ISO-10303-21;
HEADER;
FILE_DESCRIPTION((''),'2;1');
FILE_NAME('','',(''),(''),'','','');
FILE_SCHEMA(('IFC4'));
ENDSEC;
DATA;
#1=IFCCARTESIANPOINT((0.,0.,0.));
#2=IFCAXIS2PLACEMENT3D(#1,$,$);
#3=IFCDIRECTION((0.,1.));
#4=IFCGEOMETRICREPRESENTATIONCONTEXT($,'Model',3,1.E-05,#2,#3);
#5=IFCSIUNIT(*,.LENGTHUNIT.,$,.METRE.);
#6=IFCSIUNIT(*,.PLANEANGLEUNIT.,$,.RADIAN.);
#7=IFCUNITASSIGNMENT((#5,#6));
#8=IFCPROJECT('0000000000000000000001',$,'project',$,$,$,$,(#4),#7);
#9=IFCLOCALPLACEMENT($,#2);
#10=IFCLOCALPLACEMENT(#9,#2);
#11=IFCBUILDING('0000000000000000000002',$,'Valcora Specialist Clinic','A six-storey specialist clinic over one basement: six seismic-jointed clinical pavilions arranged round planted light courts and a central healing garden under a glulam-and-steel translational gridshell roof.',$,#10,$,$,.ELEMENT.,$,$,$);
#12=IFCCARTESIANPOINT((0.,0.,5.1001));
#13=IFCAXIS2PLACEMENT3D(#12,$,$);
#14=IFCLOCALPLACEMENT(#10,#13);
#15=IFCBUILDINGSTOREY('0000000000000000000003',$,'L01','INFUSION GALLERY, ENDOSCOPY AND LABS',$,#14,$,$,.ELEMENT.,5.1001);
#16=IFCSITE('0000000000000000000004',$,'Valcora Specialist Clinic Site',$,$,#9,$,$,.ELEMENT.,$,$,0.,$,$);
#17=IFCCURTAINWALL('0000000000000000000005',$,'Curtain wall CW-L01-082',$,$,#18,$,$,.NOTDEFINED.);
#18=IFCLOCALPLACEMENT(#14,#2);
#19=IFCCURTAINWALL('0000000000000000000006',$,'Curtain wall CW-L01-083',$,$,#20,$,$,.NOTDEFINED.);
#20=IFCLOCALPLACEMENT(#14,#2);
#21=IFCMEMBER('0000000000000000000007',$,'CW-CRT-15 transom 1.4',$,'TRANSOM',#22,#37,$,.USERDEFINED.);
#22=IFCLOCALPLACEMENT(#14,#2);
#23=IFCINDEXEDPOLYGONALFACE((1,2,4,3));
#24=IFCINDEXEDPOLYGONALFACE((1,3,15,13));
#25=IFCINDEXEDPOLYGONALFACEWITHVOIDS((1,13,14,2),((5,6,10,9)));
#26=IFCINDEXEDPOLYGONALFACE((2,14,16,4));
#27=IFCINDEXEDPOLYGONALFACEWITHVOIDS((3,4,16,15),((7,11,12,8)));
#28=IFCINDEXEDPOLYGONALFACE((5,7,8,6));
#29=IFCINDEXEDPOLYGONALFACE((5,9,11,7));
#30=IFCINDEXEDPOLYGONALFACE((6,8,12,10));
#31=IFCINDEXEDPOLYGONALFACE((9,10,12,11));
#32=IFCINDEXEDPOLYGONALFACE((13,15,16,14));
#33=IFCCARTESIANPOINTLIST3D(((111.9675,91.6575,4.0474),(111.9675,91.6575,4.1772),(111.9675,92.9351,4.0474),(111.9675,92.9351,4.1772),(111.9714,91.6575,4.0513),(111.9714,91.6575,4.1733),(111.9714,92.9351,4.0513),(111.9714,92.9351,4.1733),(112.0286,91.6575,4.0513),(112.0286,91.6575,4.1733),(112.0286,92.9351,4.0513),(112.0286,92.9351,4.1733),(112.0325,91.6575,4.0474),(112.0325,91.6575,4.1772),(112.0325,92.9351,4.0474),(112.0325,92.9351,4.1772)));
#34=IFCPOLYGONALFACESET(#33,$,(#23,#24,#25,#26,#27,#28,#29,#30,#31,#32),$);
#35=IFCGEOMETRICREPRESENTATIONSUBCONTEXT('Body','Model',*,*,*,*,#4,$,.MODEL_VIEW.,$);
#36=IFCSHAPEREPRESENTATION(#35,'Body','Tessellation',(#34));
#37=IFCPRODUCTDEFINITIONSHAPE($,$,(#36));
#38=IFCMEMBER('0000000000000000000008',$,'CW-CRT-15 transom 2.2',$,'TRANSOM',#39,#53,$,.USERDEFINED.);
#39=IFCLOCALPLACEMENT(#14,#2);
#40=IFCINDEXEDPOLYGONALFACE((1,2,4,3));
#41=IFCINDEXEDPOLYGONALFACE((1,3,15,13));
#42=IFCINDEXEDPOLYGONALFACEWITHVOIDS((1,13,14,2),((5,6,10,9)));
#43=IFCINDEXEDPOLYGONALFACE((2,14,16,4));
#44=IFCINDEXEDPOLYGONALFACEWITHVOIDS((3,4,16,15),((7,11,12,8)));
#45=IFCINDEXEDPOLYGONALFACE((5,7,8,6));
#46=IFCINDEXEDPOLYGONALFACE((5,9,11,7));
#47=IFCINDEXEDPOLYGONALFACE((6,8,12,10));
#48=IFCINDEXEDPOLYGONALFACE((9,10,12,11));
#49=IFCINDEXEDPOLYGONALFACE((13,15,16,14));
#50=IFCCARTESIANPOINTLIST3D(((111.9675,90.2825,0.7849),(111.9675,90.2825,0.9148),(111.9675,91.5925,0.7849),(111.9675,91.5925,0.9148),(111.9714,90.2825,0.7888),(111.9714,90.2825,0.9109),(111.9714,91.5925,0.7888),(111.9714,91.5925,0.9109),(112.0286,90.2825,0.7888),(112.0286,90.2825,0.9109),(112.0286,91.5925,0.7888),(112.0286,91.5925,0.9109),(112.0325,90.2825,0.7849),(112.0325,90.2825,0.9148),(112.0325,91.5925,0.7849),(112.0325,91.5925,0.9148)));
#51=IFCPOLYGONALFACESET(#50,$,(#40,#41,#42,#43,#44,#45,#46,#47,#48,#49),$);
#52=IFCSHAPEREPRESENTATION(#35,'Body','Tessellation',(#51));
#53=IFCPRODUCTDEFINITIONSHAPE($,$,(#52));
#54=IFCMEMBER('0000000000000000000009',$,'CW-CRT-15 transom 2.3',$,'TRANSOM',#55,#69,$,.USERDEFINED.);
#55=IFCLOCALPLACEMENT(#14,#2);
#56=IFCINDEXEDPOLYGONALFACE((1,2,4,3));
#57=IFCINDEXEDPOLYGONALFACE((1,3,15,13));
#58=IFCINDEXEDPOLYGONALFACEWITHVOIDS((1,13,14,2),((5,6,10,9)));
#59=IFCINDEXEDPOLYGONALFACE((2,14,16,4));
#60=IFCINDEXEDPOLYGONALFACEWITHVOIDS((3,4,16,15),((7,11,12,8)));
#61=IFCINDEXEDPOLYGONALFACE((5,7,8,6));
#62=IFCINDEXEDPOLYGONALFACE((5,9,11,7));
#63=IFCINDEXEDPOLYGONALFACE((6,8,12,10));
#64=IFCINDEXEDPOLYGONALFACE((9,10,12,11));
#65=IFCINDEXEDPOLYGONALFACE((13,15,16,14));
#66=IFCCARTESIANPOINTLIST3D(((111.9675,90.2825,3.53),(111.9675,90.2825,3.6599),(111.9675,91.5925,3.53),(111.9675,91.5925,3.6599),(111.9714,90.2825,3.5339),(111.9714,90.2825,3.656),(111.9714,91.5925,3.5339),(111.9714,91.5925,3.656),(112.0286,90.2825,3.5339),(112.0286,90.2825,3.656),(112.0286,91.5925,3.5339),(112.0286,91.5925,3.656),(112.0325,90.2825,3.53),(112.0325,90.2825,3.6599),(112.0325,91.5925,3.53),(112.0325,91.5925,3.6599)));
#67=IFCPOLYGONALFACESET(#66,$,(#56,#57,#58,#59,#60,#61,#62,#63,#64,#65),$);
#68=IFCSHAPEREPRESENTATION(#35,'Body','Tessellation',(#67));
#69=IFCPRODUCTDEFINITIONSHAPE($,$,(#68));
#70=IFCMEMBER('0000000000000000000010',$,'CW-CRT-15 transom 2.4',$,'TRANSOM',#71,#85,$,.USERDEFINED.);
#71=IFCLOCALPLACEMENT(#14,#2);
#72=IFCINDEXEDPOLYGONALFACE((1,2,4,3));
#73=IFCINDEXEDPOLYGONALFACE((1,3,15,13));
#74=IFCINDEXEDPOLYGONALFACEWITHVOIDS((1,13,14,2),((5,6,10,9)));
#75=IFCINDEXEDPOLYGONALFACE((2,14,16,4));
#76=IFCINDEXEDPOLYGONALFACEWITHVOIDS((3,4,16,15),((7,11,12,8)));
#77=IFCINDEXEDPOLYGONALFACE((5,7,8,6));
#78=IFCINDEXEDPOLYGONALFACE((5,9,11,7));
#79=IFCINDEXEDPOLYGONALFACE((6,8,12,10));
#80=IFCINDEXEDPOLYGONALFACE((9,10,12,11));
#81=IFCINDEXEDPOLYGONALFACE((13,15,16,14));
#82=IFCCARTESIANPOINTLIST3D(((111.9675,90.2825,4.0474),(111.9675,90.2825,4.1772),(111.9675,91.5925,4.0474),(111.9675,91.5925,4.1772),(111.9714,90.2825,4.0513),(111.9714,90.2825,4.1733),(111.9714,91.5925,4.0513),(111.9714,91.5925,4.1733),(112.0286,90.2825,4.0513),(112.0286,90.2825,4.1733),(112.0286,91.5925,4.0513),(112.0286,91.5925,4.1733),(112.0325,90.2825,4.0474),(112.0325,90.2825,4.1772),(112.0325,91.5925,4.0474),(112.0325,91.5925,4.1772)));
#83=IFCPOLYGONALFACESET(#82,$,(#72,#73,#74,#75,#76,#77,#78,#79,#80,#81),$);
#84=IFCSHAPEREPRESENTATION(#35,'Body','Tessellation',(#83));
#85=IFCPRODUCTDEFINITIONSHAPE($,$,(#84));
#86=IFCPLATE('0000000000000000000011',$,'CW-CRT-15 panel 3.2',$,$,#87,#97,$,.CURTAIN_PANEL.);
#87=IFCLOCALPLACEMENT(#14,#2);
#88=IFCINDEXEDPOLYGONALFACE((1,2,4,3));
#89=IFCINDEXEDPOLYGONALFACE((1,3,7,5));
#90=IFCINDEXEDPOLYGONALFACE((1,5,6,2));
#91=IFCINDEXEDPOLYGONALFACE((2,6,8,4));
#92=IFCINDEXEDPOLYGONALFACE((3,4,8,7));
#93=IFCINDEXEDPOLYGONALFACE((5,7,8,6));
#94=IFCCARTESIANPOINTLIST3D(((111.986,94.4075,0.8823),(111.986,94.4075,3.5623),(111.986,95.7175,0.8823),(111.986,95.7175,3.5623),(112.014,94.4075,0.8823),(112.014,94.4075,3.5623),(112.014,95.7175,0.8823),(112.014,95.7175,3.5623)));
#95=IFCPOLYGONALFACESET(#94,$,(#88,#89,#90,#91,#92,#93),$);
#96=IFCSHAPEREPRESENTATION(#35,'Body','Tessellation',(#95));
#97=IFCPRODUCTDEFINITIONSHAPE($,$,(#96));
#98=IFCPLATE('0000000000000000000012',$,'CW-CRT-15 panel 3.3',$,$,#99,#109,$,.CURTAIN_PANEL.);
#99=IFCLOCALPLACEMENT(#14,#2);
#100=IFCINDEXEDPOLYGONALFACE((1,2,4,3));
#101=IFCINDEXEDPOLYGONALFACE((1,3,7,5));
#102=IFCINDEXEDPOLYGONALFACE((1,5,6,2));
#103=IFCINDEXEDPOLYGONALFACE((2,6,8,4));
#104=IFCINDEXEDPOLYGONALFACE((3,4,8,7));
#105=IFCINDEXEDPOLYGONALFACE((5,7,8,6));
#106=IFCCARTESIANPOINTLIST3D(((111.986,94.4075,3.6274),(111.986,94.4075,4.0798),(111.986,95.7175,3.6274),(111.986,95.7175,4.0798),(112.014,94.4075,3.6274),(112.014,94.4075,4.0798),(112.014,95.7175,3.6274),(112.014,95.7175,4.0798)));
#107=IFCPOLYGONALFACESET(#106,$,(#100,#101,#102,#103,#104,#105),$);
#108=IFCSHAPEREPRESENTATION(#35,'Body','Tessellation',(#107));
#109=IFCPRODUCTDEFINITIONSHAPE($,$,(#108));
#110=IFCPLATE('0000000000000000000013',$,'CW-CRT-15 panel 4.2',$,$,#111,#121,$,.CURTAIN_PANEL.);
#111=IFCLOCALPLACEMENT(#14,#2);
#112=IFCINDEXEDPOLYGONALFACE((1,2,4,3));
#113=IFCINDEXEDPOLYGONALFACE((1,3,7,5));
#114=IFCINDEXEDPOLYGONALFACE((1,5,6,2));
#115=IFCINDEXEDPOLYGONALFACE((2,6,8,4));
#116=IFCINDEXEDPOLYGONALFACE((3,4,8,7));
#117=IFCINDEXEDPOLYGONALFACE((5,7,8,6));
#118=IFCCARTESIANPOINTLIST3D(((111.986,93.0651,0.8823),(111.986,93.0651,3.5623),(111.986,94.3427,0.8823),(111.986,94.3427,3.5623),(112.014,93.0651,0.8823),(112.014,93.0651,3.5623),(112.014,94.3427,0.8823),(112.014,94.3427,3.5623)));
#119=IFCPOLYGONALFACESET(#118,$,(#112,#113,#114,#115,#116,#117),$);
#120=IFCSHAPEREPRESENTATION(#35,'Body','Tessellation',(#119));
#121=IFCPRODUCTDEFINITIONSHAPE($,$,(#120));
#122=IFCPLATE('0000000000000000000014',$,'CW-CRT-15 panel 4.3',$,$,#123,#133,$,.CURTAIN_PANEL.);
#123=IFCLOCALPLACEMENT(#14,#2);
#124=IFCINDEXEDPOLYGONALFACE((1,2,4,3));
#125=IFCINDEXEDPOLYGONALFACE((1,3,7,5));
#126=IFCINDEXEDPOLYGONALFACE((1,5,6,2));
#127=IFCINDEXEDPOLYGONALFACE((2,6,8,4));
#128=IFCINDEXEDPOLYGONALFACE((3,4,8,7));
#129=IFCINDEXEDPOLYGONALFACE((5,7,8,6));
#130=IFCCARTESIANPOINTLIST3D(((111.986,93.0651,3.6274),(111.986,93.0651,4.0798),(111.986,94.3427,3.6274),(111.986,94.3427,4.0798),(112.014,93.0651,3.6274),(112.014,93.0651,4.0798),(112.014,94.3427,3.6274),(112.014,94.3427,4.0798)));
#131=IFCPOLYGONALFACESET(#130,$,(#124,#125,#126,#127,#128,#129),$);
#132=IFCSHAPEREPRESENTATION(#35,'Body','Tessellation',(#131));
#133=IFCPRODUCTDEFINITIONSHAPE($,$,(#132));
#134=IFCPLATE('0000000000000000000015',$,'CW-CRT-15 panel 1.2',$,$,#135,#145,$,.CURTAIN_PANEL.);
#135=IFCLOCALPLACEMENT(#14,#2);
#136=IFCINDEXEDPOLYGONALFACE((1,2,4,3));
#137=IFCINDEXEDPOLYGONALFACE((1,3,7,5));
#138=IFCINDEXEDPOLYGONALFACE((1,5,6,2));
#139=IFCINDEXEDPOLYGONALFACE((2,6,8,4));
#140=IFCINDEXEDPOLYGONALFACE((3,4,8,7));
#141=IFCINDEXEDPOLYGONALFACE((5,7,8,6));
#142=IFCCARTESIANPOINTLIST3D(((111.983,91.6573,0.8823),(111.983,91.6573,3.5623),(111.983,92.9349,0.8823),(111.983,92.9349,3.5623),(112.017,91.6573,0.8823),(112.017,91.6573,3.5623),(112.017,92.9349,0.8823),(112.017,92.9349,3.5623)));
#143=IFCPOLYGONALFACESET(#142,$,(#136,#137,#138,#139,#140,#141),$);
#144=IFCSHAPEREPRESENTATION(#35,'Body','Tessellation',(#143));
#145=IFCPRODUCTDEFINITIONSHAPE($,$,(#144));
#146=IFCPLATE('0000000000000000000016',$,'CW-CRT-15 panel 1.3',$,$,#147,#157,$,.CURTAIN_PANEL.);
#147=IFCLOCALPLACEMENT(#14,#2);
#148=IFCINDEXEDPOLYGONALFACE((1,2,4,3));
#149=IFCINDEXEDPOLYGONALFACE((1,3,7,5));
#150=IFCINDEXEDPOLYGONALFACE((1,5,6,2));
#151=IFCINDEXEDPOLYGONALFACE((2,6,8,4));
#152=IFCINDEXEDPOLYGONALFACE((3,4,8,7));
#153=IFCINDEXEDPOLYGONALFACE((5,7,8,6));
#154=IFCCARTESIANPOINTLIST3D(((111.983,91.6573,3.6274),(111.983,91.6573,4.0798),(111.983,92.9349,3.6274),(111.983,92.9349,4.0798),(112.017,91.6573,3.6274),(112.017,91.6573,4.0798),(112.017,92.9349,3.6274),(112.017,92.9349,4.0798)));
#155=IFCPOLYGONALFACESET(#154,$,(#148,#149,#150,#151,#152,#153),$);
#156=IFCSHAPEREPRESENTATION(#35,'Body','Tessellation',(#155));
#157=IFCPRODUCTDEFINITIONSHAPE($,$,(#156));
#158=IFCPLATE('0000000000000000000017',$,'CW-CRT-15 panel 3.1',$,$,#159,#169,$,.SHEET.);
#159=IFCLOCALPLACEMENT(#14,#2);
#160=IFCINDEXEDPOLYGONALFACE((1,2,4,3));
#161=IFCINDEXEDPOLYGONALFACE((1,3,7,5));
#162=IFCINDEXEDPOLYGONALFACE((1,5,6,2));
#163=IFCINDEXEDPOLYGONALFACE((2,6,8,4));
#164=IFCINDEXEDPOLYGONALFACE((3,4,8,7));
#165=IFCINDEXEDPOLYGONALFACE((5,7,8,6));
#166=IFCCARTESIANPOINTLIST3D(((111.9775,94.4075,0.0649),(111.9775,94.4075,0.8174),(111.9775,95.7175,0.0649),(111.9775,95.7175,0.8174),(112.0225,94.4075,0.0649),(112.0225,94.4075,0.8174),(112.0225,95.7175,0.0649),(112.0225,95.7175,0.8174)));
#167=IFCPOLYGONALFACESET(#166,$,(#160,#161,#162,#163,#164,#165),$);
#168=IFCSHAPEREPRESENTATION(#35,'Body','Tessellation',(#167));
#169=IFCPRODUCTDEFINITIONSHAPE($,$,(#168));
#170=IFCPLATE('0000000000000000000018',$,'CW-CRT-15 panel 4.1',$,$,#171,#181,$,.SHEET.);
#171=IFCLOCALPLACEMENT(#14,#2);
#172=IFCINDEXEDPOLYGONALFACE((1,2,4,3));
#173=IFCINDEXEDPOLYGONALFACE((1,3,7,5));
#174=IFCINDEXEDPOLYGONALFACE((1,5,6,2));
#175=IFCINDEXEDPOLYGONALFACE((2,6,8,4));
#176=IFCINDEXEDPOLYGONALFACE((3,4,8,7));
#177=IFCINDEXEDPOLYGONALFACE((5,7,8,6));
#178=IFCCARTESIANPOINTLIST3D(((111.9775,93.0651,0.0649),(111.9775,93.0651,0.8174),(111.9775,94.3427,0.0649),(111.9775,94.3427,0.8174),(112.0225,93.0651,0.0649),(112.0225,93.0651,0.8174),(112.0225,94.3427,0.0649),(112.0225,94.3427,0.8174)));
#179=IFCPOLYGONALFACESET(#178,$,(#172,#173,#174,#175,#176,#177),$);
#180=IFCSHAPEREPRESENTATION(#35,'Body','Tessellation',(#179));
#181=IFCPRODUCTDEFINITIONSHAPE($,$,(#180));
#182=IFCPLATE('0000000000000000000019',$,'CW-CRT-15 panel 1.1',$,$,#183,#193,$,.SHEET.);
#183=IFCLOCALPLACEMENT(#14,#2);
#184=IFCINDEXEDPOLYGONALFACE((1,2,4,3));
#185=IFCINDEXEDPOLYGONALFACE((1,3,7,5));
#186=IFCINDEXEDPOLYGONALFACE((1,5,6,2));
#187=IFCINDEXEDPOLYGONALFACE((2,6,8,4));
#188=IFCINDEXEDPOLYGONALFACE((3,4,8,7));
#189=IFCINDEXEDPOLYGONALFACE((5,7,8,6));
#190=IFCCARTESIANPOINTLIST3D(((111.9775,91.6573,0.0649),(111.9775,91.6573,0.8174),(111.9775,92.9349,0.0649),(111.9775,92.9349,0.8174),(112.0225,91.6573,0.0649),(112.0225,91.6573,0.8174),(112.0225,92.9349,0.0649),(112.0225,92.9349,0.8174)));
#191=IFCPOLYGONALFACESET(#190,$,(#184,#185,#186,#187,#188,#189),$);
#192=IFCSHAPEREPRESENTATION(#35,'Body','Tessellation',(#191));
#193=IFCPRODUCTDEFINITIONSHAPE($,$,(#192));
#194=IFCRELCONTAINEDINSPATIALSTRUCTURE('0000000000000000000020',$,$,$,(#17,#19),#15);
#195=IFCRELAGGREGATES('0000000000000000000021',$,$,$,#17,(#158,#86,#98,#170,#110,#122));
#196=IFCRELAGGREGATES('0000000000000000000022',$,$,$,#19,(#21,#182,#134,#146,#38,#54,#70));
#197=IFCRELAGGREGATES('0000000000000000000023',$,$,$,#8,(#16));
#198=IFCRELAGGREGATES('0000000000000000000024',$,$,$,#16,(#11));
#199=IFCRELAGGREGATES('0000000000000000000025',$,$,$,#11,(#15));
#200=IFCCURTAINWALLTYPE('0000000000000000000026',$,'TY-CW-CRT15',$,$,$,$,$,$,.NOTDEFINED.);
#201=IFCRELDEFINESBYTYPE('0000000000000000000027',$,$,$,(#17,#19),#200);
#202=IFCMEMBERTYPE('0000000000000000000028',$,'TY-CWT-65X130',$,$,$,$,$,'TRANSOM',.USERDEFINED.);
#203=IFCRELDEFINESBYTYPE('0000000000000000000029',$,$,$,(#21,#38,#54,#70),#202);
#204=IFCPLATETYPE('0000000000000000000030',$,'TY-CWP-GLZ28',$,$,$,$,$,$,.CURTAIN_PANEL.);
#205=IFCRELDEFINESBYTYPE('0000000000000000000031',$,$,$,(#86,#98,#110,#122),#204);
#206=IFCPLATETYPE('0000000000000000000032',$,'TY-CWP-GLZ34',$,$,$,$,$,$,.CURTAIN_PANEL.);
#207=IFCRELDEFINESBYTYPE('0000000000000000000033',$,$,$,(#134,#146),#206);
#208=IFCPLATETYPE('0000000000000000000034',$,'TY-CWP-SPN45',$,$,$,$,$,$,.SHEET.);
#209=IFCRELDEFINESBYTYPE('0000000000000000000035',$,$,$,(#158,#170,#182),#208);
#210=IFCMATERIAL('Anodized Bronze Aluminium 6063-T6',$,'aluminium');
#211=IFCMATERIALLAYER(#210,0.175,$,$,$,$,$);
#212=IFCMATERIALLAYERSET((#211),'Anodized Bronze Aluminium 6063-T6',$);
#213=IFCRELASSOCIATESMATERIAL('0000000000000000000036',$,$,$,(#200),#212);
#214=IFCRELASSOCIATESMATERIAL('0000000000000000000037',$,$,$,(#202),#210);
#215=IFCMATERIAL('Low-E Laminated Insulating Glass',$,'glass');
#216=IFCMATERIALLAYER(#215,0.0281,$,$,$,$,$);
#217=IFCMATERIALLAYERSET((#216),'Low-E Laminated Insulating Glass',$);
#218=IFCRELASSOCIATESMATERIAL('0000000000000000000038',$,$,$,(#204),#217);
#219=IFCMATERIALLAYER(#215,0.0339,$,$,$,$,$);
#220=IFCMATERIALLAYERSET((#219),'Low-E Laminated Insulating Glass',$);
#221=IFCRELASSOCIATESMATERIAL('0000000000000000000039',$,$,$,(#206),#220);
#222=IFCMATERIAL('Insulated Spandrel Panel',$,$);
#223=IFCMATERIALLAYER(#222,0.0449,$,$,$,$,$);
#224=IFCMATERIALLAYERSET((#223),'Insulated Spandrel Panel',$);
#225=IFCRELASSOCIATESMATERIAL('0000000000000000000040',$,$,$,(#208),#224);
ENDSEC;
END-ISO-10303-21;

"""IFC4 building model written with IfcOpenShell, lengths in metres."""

from ifc_helpers import new_model, si_unit, direction, frame, origin, origin_2d, place, context, subcontext, project, spatial, rectangle, hollow_rectangle, extrude, material, layer, layer_set, material_profile, profile_set, type_object, element, aggregate, save


model = new_model("IFC4")

# Units and contexts
model_context = context("Model", 3, precision=1e-05, world=origin(), true_north=direction((0.0, 1.0)))
body_context = subcontext(model_context, "Body", "Model", "MODEL_VIEW")
ifc_project = project(units=[si_unit("LENGTHUNIT", "METRE"), si_unit("PLANEANGLEUNIT", "RADIAN")], contexts=[model_context])

# Site, building, storey
site_placement = place(None, origin())
site = spatial("IfcSite", under=ifc_project, at=site_placement, Name="Valcora Specialist Clinic Site", CompositionType="ELEMENT", RefElevation=0.0)
building_placement = place(site_placement, origin())
building = spatial("IfcBuilding", under=site, at=building_placement, Name="Valcora Specialist Clinic", Description="A six-storey specialist clinic over one basement: six seismic-jointed clinical pavilions arranged round planted light courts and a central healing garden under a glulam-and-steel translational gridshell roof.", CompositionType="ELEMENT")
storey_placement = place(building_placement, frame((0.0, 0.0, 5.1001)))
storey = spatial("IfcBuildingStorey", under=building, at=storey_placement, Name="L01", Description="INFUSION GALLERY, ENDOSCOPY AND LABS", CompositionType="ELEMENT", Elevation=5.1001)

# Curtain walls
ifc_material_1 = material(Name="Anodized Bronze Aluminium 6063-T6", Category="aluminium")
ifc_layer_1 = layer(ifc_material_1, 0.175)
ifc_layer_set_1 = layer_set([ifc_layer_1], Name="Anodized Bronze Aluminium 6063-T6")
curtain_wall_type = type_object("IfcCurtainWallType", Name="TY-CW-CRT15", PredefinedType="NOTDEFINED", material=ifc_layer_set_1)
curtain_wall_1_placement = place(storey_placement, origin())
curtain_wall_1 = element("IfcCurtainWall", 1, at=curtain_wall_1_placement, inside=storey, type_object=curtain_wall_type, Name="Curtain wall CW-L01-082", PredefinedType="NOTDEFINED")
curtain_wall_2_placement = place(storey_placement, origin())
curtain_wall_2 = element("IfcCurtainWall", 2, at=curtain_wall_2_placement, inside=storey, type_object=curtain_wall_type, Name="Curtain wall CW-L01-083", PredefinedType="NOTDEFINED")

# Members
ifc_material_profile_1 = material_profile(ifc_material_1, hollow_rectangle(XDim=0.0649, YDim=0.1299, WallThickness=0.0039, at=origin_2d()), Name="AL-TRN-65X130")
ifc_profile_set_1 = profile_set([ifc_material_profile_1], Name="Anodized Bronze Aluminium 6063-T6")
member_type_1 = type_object("IfcMemberType", Name="TY-CWT-65X130", ElementType="TRANSOM", PredefinedType="USERDEFINED", material=ifc_profile_set_1)
member_1_placement = place(storey_placement, frame((112.0, 92.9351, 4.1123), z_axis=(0.0, -1.0, 0.0), x_axis=(1.0, 0.0, 0.0)))
member_1 = element("IfcMember", 3, at=member_1_placement, type_object=member_type_1, Name="CW-CRT-15 transom 1.4", ObjectType="TRANSOM", PredefinedType="USERDEFINED", context=body_context, shape_type="SweptSolid", body=[
    extrude(hollow_rectangle(XDim=0.0649, YDim=0.1299, WallThickness=0.0039, at=origin_2d()), origin(), (0.0, 0.0, 1.0), 1.2776),
])
member_2_placement = place(storey_placement, frame((112.0, 91.5925, 0.8499), z_axis=(0.0, -1.0, 0.0), x_axis=(1.0, 0.0, 0.0)))
member_2 = element("IfcMember", 4, at=member_2_placement, type_object=member_type_1, Name="CW-CRT-15 transom 2.2", ObjectType="TRANSOM", PredefinedType="USERDEFINED", context=body_context, shape_type="SweptSolid", body=[
    extrude(hollow_rectangle(XDim=0.0649, YDim=0.1299, WallThickness=0.0039, at=origin_2d()), origin(), (0.0, 0.0, 1.0), 1.3101),
])
member_3_placement = place(storey_placement, frame((112.0, 91.5925, 3.595), z_axis=(0.0, -1.0, 0.0), x_axis=(1.0, 0.0, 0.0)))
member_3 = element("IfcMember", 5, at=member_3_placement, type_object=member_type_1, Name="CW-CRT-15 transom 2.3", ObjectType="TRANSOM", PredefinedType="USERDEFINED", context=body_context, shape_type="SweptSolid", body=[
    extrude(hollow_rectangle(XDim=0.0649, YDim=0.1299, WallThickness=0.0039, at=origin_2d()), origin(), (0.0, 0.0, 1.0), 1.3101),
])
member_4_placement = place(storey_placement, frame((112.0, 91.5925, 4.1123), z_axis=(0.0, -1.0, 0.0), x_axis=(1.0, 0.0, 0.0)))
member_4 = element("IfcMember", 6, at=member_4_placement, type_object=member_type_1, Name="CW-CRT-15 transom 2.4", ObjectType="TRANSOM", PredefinedType="USERDEFINED", context=body_context, shape_type="SweptSolid", body=[
    extrude(hollow_rectangle(XDim=0.0649, YDim=0.1299, WallThickness=0.0039, at=origin_2d()), origin(), (0.0, 0.0, 1.0), 1.3101),
])

# Plates
ifc_material_2 = material(Name="Low-E Laminated Insulating Glass", Category="glass")
ifc_layer_2 = layer(ifc_material_2, 0.0281)
ifc_layer_set_2 = layer_set([ifc_layer_2], Name="Low-E Laminated Insulating Glass")
plate_type_1 = type_object("IfcPlateType", Name="TY-CWP-GLZ28", PredefinedType="CURTAIN_PANEL", material=ifc_layer_set_2)
plate_1_placement = place(storey_placement, frame((112.0, 95.0625, 0.8823), z_axis=(0.0, 0.0, 1.0), x_axis=(0.0, -1.0, 0.0)))
plate_1 = element("IfcPlate", 7, at=plate_1_placement, type_object=plate_type_1, Name="CW-CRT-15 panel 3.2", PredefinedType="CURTAIN_PANEL", context=body_context, shape_type="SweptSolid", body=[
    extrude(rectangle(XDim=1.3101, YDim=0.0281, at=origin_2d()), origin(), (0.0, 0.0, 1.0), 2.6799),
])
plate_2_placement = place(storey_placement, frame((112.0, 95.0625, 3.6274), z_axis=(0.0, 0.0, 1.0), x_axis=(0.0, -1.0, 0.0)))
plate_2 = element("IfcPlate", 8, at=plate_2_placement, type_object=plate_type_1, Name="CW-CRT-15 panel 3.3", PredefinedType="CURTAIN_PANEL", context=body_context, shape_type="SweptSolid", body=[
    extrude(rectangle(XDim=1.3101, YDim=0.0281, at=origin_2d()), origin(), (0.0, 0.0, 1.0), 0.4524),
])
plate_3_placement = place(storey_placement, frame((112.0, 93.7039, 0.8823), z_axis=(0.0, 0.0, 1.0), x_axis=(0.0, -1.0, 0.0)))
plate_3 = element("IfcPlate", 9, at=plate_3_placement, type_object=plate_type_1, Name="CW-CRT-15 panel 4.2", PredefinedType="CURTAIN_PANEL", context=body_context, shape_type="SweptSolid", body=[
    extrude(rectangle(XDim=1.2776, YDim=0.0281, at=origin_2d()), origin(), (0.0, 0.0, 1.0), 2.6799),
])
plate_4_placement = place(storey_placement, frame((112.0, 93.7039, 3.6274), z_axis=(0.0, 0.0, 1.0), x_axis=(0.0, -1.0, 0.0)))
plate_4 = element("IfcPlate", 10, at=plate_4_placement, type_object=plate_type_1, Name="CW-CRT-15 panel 4.3", PredefinedType="CURTAIN_PANEL", context=body_context, shape_type="SweptSolid", body=[
    extrude(rectangle(XDim=1.2776, YDim=0.0281, at=origin_2d()), origin(), (0.0, 0.0, 1.0), 0.4524),
])
ifc_layer_3 = layer(ifc_material_2, 0.0339)
ifc_layer_set_3 = layer_set([ifc_layer_3], Name="Low-E Laminated Insulating Glass")
plate_type_2 = type_object("IfcPlateType", Name="TY-CWP-GLZ34", PredefinedType="CURTAIN_PANEL", material=ifc_layer_set_3)
plate_5_placement = place(storey_placement, frame((112.0, 92.2961, 0.8823), z_axis=(0.0, 0.0, 1.0), x_axis=(0.0, -1.0, 0.0)))
plate_5 = element("IfcPlate", 11, at=plate_5_placement, type_object=plate_type_2, Name="CW-CRT-15 panel 1.2", PredefinedType="CURTAIN_PANEL", context=body_context, shape_type="SweptSolid", body=[
    extrude(rectangle(XDim=1.2776, YDim=0.0339, at=origin_2d()), origin(), (0.0, 0.0, 1.0), 2.6799),
])
plate_6_placement = place(storey_placement, frame((112.0, 92.2961, 3.6274), z_axis=(0.0, 0.0, 1.0), x_axis=(0.0, -1.0, 0.0)))
plate_6 = element("IfcPlate", 12, at=plate_6_placement, type_object=plate_type_2, Name="CW-CRT-15 panel 1.3", PredefinedType="CURTAIN_PANEL", context=body_context, shape_type="SweptSolid", body=[
    extrude(rectangle(XDim=1.2776, YDim=0.0339, at=origin_2d()), origin(), (0.0, 0.0, 1.0), 0.4524),
])
ifc_material_3 = material(Name="Insulated Spandrel Panel")
ifc_layer_4 = layer(ifc_material_3, 0.0449)
ifc_layer_set_4 = layer_set([ifc_layer_4], Name="Insulated Spandrel Panel")
plate_type_3 = type_object("IfcPlateType", Name="TY-CWP-SPN45", PredefinedType="SHEET", material=ifc_layer_set_4)
plate_7_placement = place(storey_placement, frame((112.0, 95.0625, 0.0649), z_axis=(0.0, 0.0, 1.0), x_axis=(0.0, -1.0, 0.0)))
plate_7 = element("IfcPlate", 13, at=plate_7_placement, type_object=plate_type_3, Name="CW-CRT-15 panel 3.1", PredefinedType="SHEET", context=body_context, shape_type="SweptSolid", body=[
    extrude(rectangle(XDim=1.3101, YDim=0.0449, at=origin_2d()), origin(), (0.0, 0.0, 1.0), 0.7524),
])
plate_8_placement = place(storey_placement, frame((112.0, 93.7039, 0.0649), z_axis=(0.0, 0.0, 1.0), x_axis=(0.0, -1.0, 0.0)))
plate_8 = element("IfcPlate", 14, at=plate_8_placement, type_object=plate_type_3, Name="CW-CRT-15 panel 4.1", PredefinedType="SHEET", context=body_context, shape_type="SweptSolid", body=[
    extrude(rectangle(XDim=1.2776, YDim=0.0449, at=origin_2d()), origin(), (0.0, 0.0, 1.0), 0.7524),
])
aggregate(curtain_wall_1, [plate_7, plate_1, plate_2, plate_8, plate_3, plate_4])
plate_9_placement = place(storey_placement, frame((112.0, 92.2961, 0.0649), z_axis=(0.0, 0.0, 1.0), x_axis=(0.0, -1.0, 0.0)))
plate_9 = element("IfcPlate", 15, at=plate_9_placement, type_object=plate_type_3, Name="CW-CRT-15 panel 1.1", PredefinedType="SHEET", context=body_context, shape_type="SweptSolid", body=[
    extrude(rectangle(XDim=1.2776, YDim=0.0449, at=origin_2d()), origin(), (0.0, 0.0, 1.0), 0.7524),
])
aggregate(curtain_wall_2, [member_1, plate_9, plate_5, plate_6, member_2, member_3, member_4])

save(model, "model.ifc")
